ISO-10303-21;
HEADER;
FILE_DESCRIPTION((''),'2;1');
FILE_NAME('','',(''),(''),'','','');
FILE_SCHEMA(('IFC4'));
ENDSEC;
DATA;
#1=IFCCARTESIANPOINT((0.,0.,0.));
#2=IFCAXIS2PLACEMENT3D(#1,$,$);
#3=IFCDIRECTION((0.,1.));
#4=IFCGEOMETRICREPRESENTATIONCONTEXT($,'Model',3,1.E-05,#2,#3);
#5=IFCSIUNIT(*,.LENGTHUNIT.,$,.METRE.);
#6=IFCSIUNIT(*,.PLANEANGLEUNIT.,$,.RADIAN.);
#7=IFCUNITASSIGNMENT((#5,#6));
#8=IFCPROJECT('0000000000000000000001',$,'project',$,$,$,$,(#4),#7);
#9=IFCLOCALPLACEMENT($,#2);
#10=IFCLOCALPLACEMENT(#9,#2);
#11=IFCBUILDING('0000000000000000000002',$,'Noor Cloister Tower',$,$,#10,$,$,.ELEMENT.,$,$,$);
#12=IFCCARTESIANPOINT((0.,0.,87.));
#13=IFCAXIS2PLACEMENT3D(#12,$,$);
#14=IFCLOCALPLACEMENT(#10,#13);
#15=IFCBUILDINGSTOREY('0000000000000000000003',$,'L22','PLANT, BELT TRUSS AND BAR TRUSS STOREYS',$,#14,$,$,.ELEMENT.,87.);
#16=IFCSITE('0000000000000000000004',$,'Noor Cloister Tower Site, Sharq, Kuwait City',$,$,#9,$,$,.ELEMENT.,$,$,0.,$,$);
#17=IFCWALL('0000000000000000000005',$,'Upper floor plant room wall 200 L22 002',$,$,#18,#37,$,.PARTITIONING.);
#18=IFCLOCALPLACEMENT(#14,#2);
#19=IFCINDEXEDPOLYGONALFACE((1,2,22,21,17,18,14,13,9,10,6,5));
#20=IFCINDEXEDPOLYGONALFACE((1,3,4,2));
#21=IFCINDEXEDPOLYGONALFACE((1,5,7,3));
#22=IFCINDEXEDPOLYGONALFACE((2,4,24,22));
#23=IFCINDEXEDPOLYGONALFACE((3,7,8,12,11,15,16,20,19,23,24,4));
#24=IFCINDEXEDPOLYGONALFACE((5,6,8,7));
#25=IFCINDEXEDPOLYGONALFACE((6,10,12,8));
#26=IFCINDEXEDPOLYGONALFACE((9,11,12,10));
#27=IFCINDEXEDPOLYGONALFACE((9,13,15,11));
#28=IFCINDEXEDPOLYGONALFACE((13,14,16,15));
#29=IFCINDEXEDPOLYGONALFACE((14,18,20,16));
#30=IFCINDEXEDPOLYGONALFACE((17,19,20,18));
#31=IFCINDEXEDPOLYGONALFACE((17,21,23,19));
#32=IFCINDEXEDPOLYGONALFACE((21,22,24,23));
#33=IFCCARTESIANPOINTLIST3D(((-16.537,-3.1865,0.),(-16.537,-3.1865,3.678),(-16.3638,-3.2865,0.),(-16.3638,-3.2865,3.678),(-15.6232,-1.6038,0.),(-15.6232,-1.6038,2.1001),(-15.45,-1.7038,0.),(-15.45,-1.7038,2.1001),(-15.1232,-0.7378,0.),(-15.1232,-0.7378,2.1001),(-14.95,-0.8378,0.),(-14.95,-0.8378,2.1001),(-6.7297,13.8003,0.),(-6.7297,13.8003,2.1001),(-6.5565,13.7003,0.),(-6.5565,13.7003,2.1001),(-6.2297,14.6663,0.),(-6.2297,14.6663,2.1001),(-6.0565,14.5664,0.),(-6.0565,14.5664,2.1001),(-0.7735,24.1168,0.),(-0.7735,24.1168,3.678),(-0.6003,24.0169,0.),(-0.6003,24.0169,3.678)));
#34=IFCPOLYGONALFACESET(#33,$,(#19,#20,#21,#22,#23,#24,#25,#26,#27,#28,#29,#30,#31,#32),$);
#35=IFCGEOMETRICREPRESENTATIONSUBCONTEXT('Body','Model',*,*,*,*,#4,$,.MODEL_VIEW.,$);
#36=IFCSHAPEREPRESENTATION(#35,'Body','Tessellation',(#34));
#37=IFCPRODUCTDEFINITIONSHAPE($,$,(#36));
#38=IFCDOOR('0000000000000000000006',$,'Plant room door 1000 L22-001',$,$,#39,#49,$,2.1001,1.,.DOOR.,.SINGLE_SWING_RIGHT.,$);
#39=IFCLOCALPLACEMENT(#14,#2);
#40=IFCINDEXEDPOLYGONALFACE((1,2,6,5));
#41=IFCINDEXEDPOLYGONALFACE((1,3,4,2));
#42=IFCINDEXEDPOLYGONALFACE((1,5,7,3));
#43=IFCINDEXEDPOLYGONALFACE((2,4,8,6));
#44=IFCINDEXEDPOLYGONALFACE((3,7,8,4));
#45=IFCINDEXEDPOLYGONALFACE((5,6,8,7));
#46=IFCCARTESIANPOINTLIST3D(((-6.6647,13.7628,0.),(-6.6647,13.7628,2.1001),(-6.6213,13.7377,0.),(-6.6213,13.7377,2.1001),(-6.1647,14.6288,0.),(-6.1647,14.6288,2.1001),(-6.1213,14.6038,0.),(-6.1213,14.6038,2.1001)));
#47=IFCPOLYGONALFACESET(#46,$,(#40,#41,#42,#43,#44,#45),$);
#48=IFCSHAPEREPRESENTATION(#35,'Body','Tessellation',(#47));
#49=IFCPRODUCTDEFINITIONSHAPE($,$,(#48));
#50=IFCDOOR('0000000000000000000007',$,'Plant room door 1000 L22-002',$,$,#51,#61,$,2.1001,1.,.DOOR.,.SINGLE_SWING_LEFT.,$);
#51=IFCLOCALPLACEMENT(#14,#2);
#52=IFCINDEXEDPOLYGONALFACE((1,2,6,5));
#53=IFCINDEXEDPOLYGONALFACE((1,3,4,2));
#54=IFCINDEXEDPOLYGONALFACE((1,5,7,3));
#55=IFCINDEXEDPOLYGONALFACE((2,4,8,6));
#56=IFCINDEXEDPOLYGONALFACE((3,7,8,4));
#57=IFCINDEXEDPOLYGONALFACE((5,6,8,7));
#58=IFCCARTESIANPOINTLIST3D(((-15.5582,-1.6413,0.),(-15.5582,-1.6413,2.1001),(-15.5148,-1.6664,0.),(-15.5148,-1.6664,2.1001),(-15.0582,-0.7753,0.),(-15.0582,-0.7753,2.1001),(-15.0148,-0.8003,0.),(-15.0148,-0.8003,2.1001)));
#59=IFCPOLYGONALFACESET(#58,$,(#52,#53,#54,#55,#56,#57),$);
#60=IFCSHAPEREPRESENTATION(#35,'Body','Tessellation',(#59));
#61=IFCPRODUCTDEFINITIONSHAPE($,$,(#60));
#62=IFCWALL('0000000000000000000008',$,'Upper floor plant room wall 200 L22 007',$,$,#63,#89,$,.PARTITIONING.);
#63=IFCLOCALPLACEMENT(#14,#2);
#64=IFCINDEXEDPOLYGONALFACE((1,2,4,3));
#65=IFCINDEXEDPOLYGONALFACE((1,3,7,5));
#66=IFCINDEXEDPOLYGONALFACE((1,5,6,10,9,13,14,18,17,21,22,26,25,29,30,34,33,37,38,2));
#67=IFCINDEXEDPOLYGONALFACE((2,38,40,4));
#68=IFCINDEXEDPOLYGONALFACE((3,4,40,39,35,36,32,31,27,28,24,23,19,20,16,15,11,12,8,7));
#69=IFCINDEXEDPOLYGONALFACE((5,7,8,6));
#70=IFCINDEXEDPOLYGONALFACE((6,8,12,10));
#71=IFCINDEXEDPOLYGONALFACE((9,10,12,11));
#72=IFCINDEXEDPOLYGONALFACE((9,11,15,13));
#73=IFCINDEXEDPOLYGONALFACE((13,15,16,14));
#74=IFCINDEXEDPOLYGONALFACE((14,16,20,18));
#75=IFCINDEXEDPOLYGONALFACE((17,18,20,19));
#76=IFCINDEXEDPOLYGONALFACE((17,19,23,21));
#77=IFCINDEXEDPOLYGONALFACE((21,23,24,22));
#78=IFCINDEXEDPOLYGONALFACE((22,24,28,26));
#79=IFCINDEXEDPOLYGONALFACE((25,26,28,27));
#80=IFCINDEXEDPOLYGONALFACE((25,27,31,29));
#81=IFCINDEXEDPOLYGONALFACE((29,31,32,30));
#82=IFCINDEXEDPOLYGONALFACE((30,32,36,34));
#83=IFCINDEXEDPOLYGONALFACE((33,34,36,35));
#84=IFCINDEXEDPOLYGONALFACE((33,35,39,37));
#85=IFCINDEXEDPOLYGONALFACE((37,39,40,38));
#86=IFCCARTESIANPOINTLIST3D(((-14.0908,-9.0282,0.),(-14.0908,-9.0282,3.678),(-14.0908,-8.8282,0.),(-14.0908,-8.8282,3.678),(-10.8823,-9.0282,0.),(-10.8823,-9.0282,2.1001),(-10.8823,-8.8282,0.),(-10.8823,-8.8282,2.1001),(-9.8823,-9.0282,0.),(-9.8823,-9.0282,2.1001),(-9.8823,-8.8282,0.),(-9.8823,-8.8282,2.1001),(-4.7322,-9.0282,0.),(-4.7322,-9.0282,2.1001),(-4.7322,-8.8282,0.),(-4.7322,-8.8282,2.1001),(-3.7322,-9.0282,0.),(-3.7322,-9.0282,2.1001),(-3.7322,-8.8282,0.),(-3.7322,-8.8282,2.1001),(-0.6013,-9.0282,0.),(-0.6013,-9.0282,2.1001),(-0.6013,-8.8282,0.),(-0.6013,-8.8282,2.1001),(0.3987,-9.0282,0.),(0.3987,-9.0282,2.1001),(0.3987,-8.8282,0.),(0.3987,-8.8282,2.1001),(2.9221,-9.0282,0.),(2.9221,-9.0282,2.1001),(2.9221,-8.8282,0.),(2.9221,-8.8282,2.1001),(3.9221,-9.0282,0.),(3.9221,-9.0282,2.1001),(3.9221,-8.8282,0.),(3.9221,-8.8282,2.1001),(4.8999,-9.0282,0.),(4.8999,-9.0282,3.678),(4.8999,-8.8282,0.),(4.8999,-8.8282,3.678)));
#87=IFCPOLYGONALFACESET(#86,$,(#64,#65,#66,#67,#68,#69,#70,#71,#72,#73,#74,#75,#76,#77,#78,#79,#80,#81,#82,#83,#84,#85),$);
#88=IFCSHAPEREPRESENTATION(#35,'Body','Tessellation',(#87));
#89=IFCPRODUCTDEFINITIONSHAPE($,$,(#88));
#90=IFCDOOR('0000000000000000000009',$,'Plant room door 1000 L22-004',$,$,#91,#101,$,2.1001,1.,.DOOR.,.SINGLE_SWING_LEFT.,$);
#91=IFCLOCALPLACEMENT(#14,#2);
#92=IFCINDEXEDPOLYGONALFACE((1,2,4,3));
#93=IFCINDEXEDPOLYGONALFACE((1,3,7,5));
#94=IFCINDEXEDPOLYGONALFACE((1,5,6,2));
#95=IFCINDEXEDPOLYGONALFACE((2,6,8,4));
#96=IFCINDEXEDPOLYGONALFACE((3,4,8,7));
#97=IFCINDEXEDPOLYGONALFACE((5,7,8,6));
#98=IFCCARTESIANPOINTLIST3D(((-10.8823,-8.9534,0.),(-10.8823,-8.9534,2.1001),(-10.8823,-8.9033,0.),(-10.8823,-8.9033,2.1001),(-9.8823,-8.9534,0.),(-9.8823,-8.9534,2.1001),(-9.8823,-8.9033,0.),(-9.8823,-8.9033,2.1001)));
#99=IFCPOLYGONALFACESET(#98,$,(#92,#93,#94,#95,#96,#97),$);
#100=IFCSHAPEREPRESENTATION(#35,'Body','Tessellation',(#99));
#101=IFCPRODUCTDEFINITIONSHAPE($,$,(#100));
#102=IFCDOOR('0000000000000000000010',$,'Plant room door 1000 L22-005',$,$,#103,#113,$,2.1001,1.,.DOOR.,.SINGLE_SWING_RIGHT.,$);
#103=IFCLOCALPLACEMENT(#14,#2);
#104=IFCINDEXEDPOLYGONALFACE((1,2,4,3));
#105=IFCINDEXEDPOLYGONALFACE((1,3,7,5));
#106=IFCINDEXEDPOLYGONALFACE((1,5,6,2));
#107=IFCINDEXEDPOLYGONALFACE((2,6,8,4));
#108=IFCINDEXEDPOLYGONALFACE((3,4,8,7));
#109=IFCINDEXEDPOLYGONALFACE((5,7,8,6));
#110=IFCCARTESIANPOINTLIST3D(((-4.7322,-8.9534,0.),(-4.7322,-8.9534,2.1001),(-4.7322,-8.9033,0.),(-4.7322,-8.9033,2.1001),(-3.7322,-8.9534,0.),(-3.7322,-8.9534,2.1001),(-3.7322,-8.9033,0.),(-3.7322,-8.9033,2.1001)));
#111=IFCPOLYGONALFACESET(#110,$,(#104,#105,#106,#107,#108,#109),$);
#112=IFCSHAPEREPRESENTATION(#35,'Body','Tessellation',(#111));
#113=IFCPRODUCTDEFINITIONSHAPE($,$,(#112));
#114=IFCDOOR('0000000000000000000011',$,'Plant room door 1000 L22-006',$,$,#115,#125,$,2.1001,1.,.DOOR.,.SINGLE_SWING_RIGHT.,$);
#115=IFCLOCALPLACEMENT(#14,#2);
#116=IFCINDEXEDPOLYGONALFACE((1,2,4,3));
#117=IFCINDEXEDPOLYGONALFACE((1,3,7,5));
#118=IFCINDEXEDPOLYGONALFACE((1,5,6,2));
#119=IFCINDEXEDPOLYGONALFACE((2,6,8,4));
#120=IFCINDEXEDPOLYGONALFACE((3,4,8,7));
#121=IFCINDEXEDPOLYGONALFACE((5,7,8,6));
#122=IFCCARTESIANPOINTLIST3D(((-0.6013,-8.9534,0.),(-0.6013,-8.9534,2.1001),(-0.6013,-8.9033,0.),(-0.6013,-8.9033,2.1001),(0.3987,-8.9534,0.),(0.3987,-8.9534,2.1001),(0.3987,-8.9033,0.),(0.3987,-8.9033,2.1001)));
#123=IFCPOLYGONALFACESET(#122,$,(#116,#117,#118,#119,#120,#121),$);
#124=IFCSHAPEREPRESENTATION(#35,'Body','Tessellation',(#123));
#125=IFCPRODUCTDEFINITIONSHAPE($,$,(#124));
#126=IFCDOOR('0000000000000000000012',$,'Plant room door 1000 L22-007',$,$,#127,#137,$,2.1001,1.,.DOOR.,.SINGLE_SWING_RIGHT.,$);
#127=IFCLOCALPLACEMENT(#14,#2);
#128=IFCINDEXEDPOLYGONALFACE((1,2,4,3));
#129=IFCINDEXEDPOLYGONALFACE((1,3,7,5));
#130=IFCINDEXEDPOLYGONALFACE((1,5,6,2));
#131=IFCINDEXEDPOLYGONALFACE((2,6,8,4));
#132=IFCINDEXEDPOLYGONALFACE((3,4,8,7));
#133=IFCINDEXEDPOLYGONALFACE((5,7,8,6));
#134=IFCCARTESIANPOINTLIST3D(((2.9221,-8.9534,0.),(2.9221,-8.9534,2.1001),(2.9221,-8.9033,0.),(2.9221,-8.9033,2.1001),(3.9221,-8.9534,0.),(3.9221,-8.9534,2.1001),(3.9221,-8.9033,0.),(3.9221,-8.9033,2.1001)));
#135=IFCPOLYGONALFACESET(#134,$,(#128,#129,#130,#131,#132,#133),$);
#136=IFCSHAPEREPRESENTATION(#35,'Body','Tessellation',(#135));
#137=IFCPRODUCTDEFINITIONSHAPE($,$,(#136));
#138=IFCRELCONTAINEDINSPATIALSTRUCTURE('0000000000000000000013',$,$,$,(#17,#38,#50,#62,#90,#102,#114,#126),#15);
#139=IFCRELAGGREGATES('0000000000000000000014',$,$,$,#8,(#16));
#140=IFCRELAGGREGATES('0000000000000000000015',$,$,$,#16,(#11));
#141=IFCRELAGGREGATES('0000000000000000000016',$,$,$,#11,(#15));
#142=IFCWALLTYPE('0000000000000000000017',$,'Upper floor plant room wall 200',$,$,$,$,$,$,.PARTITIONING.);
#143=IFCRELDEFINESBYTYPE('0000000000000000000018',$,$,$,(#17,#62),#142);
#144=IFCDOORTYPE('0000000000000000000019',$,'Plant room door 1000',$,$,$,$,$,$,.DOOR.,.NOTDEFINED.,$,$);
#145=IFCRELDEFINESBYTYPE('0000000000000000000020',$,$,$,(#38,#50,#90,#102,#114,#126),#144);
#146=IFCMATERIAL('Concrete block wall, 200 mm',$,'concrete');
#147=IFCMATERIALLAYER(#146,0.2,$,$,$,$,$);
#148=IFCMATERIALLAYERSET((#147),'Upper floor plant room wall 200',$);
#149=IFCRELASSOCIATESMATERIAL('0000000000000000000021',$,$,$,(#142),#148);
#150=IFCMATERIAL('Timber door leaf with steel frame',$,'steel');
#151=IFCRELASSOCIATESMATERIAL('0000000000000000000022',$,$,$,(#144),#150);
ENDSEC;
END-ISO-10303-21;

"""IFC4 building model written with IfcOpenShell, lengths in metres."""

from ifc_helpers import new_model, si_unit, direction, frame, frame_2d, origin, place, context, subcontext, project, spatial, rectangle, extrude, material, layer, layer_set, type_object, element, fill, save


model = new_model("IFC4")

# Units and contexts
model_context = context("Model", 3, precision=1e-05, world=origin(), true_north=direction((0.0, 1.0)))
body_context = subcontext(model_context, "Body", "Model", "MODEL_VIEW")
ifc_project = project(units=[si_unit("LENGTHUNIT", "METRE"), si_unit("PLANEANGLEUNIT", "RADIAN")], contexts=[model_context])

# Site, building, storey
site_placement = place(None, origin())
site = spatial("IfcSite", under=ifc_project, at=site_placement, Name="Noor Cloister Tower Site, Sharq, Kuwait City", CompositionType="ELEMENT", RefElevation=0.0)
building_placement = place(site_placement, origin())
building = spatial("IfcBuilding", under=site, at=building_placement, Name="Noor Cloister Tower", CompositionType="ELEMENT")
storey_placement = place(building_placement, frame((0.0, 0.0, 87.0)))
storey = spatial("IfcBuildingStorey", under=building, at=storey_placement, Name="L22", Description="PLANT, BELT TRUSS AND BAR TRUSS STOREYS", CompositionType="ELEMENT", Elevation=87.0)

# Walls, openings, doors
ifc_material_1 = material(Name="Concrete block wall, 200 mm", Category="concrete")
ifc_layer = layer(ifc_material_1, 0.2)
ifc_layer_set = layer_set([ifc_layer], Name="Upper floor plant room wall 200")
wall_type = type_object("IfcWallType", Name="Upper floor plant room wall 200", PredefinedType="PARTITIONING", material=ifc_layer_set)
wall_1_placement = place(storey_placement, frame((-16.4504, -3.2366, 0.0), z_axis=(0.0, 0.0, 1.0), x_axis=(0.499998, 0.866027, 0.0)))
wall_1 = element("IfcWall", 1, at=wall_1_placement, inside=storey, type_object=wall_type, Name="Upper floor plant room wall 200 L22 002", PredefinedType="PARTITIONING", context=body_context, shape_type="SweptSolid", body=[
    extrude(rectangle(XDim=31.5271, YDim=0.2, at=frame_2d((15.7637, 0.0))), origin(), (0.0, 0.0, 1.0), 3.678),
])
opening_1_placement = place(wall_1_placement, frame((19.6147, 0.0, 0.0)))
opening_1 = element("IfcOpeningElement", 2, at=opening_1_placement, cuts=wall_1, PredefinedType="OPENING", context=body_context, shape_type="SweptSolid", body=[
    extrude(rectangle(XDim=1.0, YDim=2.1001, at=frame_2d((0.5, 1.05))), frame((0.0, 0.1099, 0.0), z_axis=(0.0, -1.0, 0.0), x_axis=(1.0, 0.0, 0.0)), (0.0, 0.0, 1.0), 0.22),
])
opening_2_placement = place(wall_1_placement, frame((1.8276, 0.0, 0.0)))
opening_2 = element("IfcOpeningElement", 3, at=opening_2_placement, cuts=wall_1, PredefinedType="OPENING", context=body_context, shape_type="SweptSolid", body=[
    extrude(rectangle(XDim=1.0, YDim=2.1001, at=frame_2d((0.5, 1.05))), frame((0.0, 0.1099, 0.0), z_axis=(0.0, -1.0, 0.0), x_axis=(1.0, 0.0, 0.0)), (0.0, 0.0, 1.0), 0.22),
])
ifc_material_2 = material(Name="Timber door leaf with steel frame", Category="steel")
door_type = type_object("IfcDoorType", Name="Plant room door 1000", OperationType="NOTDEFINED", PredefinedType="DOOR", material=ifc_material_2)
door_1_placement = place(opening_1_placement, origin())
door_1 = element("IfcDoor", 4, at=door_1_placement, inside=storey, type_object=door_type, Name="Plant room door 1000 L22-001", OperationType="SINGLE_SWING_RIGHT", OverallHeight=2.1001, OverallWidth=1.0, PredefinedType="DOOR", context=body_context, shape_type="SweptSolid", body=[
    extrude(rectangle(XDim=1.0, YDim=2.1001, at=frame_2d((0.5, 1.05))), frame((0.0, 0.0249, 0.0), z_axis=(0.0, -1.0, 0.0), x_axis=(1.0, 0.0, 0.0)), (0.0, 0.0, 1.0), 0.05),
])
fill(opening_1, door_1)
door_2_placement = place(opening_2_placement, origin())
door_2 = element("IfcDoor", 5, at=door_2_placement, inside=storey, type_object=door_type, Name="Plant room door 1000 L22-002", OperationType="SINGLE_SWING_LEFT", OverallHeight=2.1001, OverallWidth=1.0, PredefinedType="DOOR", context=body_context, shape_type="SweptSolid", body=[
    extrude(rectangle(XDim=1.0, YDim=2.1001, at=frame_2d((0.5, 1.05))), frame((0.0, 0.0249, 0.0), z_axis=(0.0, -1.0, 0.0), x_axis=(1.0, 0.0, 0.0)), (0.0, 0.0, 1.0), 0.05),
])
fill(opening_2, door_2)
wall_2_placement = place(storey_placement, frame((-14.0908, -8.9282, 0.0), z_axis=(0.0, 0.0, 1.0), x_axis=(1.0, 0.0, 0.0)))
wall_2 = element("IfcWall", 6, at=wall_2_placement, inside=storey, type_object=wall_type, Name="Upper floor plant room wall 200 L22 007", PredefinedType="PARTITIONING", context=body_context, shape_type="SweptSolid", body=[
    extrude(rectangle(XDim=18.9907, YDim=0.2, at=frame_2d((9.4954, 0.0))), origin(), (0.0, 0.0, 1.0), 3.678),
])
opening_3_placement = place(wall_2_placement, frame((3.2085, 0.0, 0.0)))
opening_3 = element("IfcOpeningElement", 7, at=opening_3_placement, cuts=wall_2, PredefinedType="OPENING", context=body_context, shape_type="SweptSolid", body=[
    extrude(rectangle(XDim=1.0, YDim=2.1001, at=frame_2d((0.5, 1.05))), frame((0.0, 0.1099, 0.0), z_axis=(0.0, -1.0, 0.0), x_axis=(1.0, 0.0, 0.0)), (0.0, 0.0, 1.0), 0.22),
])
opening_4_placement = place(wall_2_placement, frame((9.3586, 0.0, 0.0)))
opening_4 = element("IfcOpeningElement", 8, at=opening_4_placement, cuts=wall_2, PredefinedType="OPENING", context=body_context, shape_type="SweptSolid", body=[
    extrude(rectangle(XDim=1.0, YDim=2.1001, at=frame_2d((0.5, 1.05))), frame((0.0, 0.1099, 0.0), z_axis=(0.0, -1.0, 0.0), x_axis=(1.0, 0.0, 0.0)), (0.0, 0.0, 1.0), 0.22),
])
opening_5_placement = place(wall_2_placement, frame((13.4895, 0.0, 0.0)))
opening_5 = element("IfcOpeningElement", 9, at=opening_5_placement, cuts=wall_2, PredefinedType="OPENING", context=body_context, shape_type="SweptSolid", body=[
    extrude(rectangle(XDim=1.0, YDim=2.1001, at=frame_2d((0.5, 1.05))), frame((0.0, 0.1099, 0.0), z_axis=(0.0, -1.0, 0.0), x_axis=(1.0, 0.0, 0.0)), (0.0, 0.0, 1.0), 0.22),
])
opening_6_placement = place(wall_2_placement, frame((17.0129, 0.0, 0.0)))
opening_6 = element("IfcOpeningElement", 10, at=opening_6_placement, cuts=wall_2, PredefinedType="OPENING", context=body_context, shape_type="SweptSolid", body=[
    extrude(rectangle(XDim=1.0, YDim=2.1001, at=frame_2d((0.5, 1.05))), frame((0.0, 0.1099, 0.0), z_axis=(0.0, -1.0, 0.0), x_axis=(1.0, 0.0, 0.0)), (0.0, 0.0, 1.0), 0.22),
])
door_3_placement = place(opening_3_placement, origin())
door_3 = element("IfcDoor", 11, at=door_3_placement, inside=storey, type_object=door_type, Name="Plant room door 1000 L22-004", OperationType="SINGLE_SWING_LEFT", OverallHeight=2.1001, OverallWidth=1.0, PredefinedType="DOOR", context=body_context, shape_type="SweptSolid", body=[
    extrude(rectangle(XDim=1.0, YDim=2.1001, at=frame_2d((0.5, 1.05))), frame((0.0, 0.0249, 0.0), z_axis=(0.0, -1.0, 0.0), x_axis=(1.0, 0.0, 0.0)), (0.0, 0.0, 1.0), 0.05),
])
fill(opening_3, door_3)
door_4_placement = place(opening_4_placement, origin())
door_4 = element("IfcDoor", 12, at=door_4_placement, inside=storey, type_object=door_type, Name="Plant room door 1000 L22-005", OperationType="SINGLE_SWING_RIGHT", OverallHeight=2.1001, OverallWidth=1.0, PredefinedType="DOOR", context=body_context, shape_type="SweptSolid", body=[
    extrude(rectangle(XDim=1.0, YDim=2.1001, at=frame_2d((0.5, 1.05))), frame((0.0, 0.0249, 0.0), z_axis=(0.0, -1.0, 0.0), x_axis=(1.0, 0.0, 0.0)), (0.0, 0.0, 1.0), 0.05),
])
fill(opening_4, door_4)
door_5_placement = place(opening_5_placement, origin())
door_5 = element("IfcDoor", 13, at=door_5_placement, inside=storey, type_object=door_type, Name="Plant room door 1000 L22-006", OperationType="SINGLE_SWING_RIGHT", OverallHeight=2.1001, OverallWidth=1.0, PredefinedType="DOOR", context=body_context, shape_type="SweptSolid", body=[
    extrude(rectangle(XDim=1.0, YDim=2.1001, at=frame_2d((0.5, 1.05))), frame((0.0, 0.0249, 0.0), z_axis=(0.0, -1.0, 0.0), x_axis=(1.0, 0.0, 0.0)), (0.0, 0.0, 1.0), 0.05),
])
fill(opening_5, door_5)
door_6_placement = place(opening_6_placement, origin())
door_6 = element("IfcDoor", 14, at=door_6_placement, inside=storey, type_object=door_type, Name="Plant room door 1000 L22-007", OperationType="SINGLE_SWING_RIGHT", OverallHeight=2.1001, OverallWidth=1.0, PredefinedType="DOOR", context=body_context, shape_type="SweptSolid", body=[
    extrude(rectangle(XDim=1.0, YDim=2.1001, at=frame_2d((0.5, 1.05))), frame((0.0, 0.0249, 0.0), z_axis=(0.0, -1.0, 0.0), x_axis=(1.0, 0.0, 0.0)), (0.0, 0.0, 1.0), 0.05),
])
fill(opening_6, door_6)

save(model, "model.ifc")
